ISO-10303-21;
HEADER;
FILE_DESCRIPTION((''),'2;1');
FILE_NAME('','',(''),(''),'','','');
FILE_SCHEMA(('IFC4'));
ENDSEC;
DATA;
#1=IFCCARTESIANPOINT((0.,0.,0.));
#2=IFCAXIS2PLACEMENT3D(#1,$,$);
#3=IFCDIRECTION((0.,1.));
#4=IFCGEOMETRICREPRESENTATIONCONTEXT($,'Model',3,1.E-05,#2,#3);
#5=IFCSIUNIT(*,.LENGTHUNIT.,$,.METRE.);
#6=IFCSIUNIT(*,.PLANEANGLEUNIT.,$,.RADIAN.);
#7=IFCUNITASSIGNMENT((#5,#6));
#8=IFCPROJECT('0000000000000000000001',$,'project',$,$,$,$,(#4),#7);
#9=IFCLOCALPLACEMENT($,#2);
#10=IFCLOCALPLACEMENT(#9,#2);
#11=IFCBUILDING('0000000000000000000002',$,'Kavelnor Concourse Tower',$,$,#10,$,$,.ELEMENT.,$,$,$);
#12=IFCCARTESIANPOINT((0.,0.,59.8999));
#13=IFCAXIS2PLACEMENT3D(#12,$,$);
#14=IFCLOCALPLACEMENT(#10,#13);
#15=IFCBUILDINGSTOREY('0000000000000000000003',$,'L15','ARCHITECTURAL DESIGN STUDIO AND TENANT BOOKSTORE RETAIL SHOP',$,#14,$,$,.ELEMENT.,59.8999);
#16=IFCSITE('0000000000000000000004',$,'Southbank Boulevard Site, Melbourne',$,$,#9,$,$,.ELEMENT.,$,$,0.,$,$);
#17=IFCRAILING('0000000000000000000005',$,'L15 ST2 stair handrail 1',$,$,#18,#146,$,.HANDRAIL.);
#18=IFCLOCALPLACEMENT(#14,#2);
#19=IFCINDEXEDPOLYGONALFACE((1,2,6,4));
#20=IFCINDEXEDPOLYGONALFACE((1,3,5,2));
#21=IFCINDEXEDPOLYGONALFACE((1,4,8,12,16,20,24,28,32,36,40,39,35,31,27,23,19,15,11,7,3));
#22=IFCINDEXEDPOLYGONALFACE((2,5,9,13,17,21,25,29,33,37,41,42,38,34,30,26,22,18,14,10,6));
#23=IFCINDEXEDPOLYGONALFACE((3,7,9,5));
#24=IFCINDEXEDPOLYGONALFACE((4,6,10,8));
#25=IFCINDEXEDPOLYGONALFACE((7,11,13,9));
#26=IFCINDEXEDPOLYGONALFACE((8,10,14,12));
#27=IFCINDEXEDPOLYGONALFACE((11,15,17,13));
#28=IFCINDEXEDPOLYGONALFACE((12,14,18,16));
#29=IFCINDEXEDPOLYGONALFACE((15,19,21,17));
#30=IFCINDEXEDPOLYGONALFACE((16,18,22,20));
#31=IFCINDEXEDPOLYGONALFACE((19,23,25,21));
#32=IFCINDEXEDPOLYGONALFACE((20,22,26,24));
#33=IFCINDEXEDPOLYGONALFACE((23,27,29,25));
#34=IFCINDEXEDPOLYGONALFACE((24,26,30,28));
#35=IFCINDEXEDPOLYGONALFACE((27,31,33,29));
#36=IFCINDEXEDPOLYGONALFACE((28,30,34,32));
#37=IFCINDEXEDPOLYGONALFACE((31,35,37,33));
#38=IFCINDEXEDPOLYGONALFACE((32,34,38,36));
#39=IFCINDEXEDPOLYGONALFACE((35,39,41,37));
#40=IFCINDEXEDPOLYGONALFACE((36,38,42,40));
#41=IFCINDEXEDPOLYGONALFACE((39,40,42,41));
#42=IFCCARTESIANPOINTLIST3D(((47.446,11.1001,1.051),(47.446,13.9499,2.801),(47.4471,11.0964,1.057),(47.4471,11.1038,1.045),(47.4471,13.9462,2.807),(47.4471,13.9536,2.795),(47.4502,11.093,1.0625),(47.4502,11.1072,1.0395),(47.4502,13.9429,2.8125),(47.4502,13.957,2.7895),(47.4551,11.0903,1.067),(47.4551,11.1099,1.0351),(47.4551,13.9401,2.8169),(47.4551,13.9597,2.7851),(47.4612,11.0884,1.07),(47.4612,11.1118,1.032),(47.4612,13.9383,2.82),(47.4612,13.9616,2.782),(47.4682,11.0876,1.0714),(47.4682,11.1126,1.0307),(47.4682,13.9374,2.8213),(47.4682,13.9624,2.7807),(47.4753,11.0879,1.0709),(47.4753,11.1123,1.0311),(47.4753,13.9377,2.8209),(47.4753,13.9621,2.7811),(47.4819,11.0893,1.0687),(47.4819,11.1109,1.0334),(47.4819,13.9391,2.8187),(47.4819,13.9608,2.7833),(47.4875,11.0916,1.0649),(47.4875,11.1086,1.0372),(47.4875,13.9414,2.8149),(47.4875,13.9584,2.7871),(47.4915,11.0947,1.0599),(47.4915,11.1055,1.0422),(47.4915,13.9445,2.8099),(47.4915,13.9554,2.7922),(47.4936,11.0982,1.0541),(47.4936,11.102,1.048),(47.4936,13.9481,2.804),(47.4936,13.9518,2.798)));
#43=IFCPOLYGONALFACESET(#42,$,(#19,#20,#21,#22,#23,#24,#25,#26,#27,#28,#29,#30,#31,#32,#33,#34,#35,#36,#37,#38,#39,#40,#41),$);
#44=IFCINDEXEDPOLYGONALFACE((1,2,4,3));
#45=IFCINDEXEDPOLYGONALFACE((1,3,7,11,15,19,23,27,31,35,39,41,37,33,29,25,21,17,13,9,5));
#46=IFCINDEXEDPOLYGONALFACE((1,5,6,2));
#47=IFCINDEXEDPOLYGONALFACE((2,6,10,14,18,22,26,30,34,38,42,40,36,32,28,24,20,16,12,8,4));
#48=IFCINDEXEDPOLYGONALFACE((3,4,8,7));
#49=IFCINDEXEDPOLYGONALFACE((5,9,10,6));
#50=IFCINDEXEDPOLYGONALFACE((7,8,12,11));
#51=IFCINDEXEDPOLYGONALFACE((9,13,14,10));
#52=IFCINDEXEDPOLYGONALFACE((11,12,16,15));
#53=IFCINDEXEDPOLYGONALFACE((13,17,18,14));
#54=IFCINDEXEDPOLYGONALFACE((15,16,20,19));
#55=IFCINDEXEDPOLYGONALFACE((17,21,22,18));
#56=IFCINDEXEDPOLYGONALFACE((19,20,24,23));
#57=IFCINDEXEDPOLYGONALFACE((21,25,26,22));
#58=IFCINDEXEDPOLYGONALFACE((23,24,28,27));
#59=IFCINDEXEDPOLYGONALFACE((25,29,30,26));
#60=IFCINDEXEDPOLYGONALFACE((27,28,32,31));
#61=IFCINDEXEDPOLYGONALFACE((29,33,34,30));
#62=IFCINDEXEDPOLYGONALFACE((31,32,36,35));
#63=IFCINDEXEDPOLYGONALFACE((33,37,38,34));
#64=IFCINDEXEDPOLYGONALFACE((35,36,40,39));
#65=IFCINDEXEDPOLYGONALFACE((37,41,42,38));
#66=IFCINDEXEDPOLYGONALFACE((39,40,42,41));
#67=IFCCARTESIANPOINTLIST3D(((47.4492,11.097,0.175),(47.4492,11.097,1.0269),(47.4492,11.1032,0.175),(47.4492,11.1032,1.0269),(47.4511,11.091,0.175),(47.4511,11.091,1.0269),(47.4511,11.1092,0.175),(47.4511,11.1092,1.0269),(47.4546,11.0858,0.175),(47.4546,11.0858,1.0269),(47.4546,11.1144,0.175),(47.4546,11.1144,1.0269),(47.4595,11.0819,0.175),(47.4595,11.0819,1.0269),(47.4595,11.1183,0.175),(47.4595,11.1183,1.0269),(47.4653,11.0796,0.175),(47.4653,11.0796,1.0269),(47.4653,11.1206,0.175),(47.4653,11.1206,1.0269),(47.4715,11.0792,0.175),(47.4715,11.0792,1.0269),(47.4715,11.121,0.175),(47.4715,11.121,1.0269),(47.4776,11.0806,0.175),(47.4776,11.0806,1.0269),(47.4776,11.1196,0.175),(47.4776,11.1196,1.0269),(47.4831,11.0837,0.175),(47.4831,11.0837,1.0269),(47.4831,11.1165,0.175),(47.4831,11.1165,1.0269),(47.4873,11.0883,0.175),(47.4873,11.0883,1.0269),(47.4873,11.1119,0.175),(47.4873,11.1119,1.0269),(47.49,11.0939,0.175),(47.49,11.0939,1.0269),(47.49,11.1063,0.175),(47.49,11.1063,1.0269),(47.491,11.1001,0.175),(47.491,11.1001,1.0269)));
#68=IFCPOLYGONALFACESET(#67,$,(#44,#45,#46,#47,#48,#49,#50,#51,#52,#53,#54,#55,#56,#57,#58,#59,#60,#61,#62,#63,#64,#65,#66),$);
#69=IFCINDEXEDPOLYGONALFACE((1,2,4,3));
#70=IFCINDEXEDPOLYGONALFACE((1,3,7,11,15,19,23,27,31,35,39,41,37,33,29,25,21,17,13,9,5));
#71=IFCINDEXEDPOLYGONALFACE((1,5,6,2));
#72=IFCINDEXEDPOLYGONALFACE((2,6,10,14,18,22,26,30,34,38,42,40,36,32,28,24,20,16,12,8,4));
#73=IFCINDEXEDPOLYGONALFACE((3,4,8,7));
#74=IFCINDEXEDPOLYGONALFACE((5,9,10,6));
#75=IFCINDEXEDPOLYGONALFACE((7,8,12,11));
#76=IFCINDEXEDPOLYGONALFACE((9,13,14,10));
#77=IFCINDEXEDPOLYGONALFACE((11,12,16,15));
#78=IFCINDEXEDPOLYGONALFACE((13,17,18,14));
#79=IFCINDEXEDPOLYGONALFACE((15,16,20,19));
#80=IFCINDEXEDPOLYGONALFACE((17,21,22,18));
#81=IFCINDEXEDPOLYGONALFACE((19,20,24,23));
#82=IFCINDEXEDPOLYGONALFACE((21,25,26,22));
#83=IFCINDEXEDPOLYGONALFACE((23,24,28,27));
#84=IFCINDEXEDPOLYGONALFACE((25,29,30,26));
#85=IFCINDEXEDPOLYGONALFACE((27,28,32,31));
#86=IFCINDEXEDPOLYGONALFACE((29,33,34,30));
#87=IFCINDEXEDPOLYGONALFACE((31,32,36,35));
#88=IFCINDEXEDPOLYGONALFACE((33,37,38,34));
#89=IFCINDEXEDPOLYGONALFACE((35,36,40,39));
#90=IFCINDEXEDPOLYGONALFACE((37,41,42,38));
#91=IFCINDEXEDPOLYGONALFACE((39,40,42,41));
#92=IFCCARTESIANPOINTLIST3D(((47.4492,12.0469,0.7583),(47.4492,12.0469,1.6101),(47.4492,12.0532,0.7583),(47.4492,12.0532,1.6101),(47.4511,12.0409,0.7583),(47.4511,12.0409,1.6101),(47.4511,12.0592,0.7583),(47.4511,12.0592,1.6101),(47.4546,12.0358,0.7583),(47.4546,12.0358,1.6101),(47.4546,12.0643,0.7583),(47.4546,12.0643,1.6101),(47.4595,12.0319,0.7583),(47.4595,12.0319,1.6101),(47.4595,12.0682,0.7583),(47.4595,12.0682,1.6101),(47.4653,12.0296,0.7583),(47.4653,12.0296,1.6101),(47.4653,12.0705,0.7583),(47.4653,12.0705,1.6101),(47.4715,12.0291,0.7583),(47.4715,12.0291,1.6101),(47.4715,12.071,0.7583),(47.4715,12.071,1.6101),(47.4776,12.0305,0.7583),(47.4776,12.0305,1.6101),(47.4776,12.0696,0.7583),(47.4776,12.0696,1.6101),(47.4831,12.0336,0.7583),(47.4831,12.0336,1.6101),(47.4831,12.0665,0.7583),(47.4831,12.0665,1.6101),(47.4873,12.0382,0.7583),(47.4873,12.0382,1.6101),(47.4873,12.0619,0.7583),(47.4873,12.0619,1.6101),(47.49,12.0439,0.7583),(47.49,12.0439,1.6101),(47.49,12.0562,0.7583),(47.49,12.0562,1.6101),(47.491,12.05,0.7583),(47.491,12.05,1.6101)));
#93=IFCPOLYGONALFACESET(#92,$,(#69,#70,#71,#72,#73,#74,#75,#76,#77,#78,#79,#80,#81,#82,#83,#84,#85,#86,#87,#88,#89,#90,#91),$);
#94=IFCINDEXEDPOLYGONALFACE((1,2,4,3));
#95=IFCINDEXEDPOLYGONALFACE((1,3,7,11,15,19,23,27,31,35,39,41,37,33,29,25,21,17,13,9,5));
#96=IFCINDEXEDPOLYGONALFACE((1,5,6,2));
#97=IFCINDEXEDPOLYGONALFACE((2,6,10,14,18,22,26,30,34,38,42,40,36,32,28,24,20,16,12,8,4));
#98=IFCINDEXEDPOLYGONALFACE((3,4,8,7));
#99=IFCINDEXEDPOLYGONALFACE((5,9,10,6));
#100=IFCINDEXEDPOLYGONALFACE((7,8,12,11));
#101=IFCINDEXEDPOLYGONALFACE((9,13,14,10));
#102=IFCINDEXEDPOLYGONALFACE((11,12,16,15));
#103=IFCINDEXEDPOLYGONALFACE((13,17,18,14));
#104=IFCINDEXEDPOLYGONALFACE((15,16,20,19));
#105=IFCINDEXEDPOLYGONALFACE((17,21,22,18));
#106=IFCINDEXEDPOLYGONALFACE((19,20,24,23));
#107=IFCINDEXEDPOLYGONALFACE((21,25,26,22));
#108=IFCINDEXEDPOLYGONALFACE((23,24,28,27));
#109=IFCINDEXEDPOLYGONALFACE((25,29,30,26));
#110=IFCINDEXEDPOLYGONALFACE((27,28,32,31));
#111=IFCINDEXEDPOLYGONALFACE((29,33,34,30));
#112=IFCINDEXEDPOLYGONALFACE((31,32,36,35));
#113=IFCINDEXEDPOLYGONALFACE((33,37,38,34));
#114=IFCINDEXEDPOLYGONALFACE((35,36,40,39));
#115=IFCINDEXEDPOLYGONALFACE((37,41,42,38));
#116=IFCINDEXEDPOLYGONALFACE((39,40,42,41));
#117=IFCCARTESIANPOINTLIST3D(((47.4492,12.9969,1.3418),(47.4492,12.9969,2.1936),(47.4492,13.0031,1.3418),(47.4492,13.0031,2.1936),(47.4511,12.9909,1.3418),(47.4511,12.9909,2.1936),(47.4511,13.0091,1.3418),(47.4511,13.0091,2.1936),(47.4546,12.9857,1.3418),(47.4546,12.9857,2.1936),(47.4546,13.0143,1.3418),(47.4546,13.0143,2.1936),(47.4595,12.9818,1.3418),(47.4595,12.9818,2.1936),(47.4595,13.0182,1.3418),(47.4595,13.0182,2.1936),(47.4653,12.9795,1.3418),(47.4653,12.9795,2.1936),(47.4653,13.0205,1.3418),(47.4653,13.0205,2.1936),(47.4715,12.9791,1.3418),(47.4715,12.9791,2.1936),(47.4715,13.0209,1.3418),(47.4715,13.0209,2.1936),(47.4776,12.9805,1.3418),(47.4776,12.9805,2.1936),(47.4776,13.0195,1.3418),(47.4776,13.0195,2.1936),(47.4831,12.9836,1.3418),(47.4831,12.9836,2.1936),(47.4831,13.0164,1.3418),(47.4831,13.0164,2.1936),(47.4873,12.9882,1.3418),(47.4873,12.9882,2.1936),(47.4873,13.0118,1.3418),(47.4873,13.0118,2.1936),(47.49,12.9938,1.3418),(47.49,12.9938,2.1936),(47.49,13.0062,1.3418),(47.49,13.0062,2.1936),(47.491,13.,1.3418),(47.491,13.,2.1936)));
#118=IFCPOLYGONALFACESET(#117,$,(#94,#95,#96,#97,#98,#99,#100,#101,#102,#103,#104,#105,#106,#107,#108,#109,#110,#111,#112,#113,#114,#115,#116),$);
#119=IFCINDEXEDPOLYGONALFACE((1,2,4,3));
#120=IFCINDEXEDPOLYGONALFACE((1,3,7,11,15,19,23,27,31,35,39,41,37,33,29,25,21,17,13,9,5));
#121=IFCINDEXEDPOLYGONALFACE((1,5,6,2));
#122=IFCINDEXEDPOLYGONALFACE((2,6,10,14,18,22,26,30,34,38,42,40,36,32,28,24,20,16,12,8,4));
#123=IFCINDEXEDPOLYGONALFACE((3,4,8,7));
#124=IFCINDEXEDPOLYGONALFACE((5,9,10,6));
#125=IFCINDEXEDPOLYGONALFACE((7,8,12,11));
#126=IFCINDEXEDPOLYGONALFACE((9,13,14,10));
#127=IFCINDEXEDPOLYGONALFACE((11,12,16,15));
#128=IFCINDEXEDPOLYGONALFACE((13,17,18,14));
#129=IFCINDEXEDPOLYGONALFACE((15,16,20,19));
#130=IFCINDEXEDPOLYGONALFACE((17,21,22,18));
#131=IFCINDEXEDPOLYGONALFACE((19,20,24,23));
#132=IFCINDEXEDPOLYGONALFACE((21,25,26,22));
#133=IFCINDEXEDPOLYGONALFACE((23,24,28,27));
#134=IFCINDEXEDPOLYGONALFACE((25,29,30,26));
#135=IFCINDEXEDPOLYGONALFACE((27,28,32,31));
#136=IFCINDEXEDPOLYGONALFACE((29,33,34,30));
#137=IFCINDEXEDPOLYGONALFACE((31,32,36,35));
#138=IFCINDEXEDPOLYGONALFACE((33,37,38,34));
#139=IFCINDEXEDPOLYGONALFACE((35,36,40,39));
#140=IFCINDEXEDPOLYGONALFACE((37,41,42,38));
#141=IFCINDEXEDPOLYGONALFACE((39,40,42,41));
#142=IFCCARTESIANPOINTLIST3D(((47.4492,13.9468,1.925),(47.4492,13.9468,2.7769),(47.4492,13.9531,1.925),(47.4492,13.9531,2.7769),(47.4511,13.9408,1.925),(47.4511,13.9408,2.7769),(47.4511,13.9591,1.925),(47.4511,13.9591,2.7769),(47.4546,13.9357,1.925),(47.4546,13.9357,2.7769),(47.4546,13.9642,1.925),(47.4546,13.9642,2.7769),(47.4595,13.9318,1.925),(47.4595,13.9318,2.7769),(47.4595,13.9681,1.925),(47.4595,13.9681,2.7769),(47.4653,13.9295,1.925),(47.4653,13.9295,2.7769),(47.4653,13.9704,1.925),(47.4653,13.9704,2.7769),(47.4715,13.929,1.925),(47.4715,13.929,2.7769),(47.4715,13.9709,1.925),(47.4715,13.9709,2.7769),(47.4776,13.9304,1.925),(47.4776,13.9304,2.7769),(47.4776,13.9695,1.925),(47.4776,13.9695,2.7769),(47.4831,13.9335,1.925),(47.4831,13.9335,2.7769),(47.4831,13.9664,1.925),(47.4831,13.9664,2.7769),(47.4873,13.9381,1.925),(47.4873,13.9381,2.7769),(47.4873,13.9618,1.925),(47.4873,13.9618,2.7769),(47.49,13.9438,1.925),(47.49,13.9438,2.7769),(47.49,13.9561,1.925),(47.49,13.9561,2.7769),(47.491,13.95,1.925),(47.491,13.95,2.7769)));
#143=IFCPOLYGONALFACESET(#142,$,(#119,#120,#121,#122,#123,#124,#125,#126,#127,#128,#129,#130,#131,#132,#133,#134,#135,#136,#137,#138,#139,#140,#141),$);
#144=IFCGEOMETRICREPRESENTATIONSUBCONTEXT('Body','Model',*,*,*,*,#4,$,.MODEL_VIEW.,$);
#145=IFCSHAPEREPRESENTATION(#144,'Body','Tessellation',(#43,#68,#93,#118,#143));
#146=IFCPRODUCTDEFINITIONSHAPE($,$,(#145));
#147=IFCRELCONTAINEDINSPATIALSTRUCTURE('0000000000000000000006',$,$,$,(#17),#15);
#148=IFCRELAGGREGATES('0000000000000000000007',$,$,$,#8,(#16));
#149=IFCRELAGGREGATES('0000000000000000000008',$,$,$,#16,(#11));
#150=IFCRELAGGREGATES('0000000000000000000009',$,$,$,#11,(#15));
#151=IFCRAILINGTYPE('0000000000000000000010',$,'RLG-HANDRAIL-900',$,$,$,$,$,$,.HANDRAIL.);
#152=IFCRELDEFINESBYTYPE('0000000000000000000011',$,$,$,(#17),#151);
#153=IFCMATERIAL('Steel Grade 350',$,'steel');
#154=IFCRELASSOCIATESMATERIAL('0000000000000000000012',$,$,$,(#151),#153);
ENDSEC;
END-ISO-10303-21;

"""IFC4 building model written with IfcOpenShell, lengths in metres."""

from ifc_helpers import new_model, si_unit, direction, frame, origin, origin_2d, place, context, subcontext, project, spatial, circle, extrude, material, type_object, element, save


model = new_model("IFC4")

# Units and contexts
model_context = context("Model", 3, precision=1e-05, world=origin(), true_north=direction((0.0, 1.0)))
body_context = subcontext(model_context, "Body", "Model", "MODEL_VIEW")
ifc_project = project(units=[si_unit("LENGTHUNIT", "METRE"), si_unit("PLANEANGLEUNIT", "RADIAN")], contexts=[model_context])

# Site, building, storey
site_placement = place(None, origin())
site = spatial("IfcSite", under=ifc_project, at=site_placement, Name="Southbank Boulevard Site, Melbourne", CompositionType="ELEMENT", RefElevation=0.0)
building_placement = place(site_placement, origin())
building = spatial("IfcBuilding", under=site, at=building_placement, Name="Kavelnor Concourse Tower", CompositionType="ELEMENT")
storey_placement = place(building_placement, frame((0.0, 0.0, 59.8999)))
storey = spatial("IfcBuildingStorey", under=building, at=storey_placement, Name="L15", Description="ARCHITECTURAL DESIGN STUDIO AND TENANT BOOKSTORE RETAIL SHOP", CompositionType="ELEMENT", Elevation=59.8999)

# Shared definitions
ifc_material_1 = material(Name="Steel Grade 350", Category="steel")

# Railing
railing_type_1 = type_object("IfcRailingType", Name="RLG-HANDRAIL-900", PredefinedType="HANDRAIL", material=ifc_material_1)
railing_1_placement = place(storey_placement, frame((47.47, 11.1001, 0.175)))
element("IfcRailing", 1, at=railing_1_placement, inside=storey, type_object=railing_type_1, Name="L15 ST2 stair handrail 1", PredefinedType="HANDRAIL", context=body_context, shape_type="SweptSolid", body=[
    extrude(circle(Radius=0.0239, at=origin_2d()), frame((0.0, 0.0, 0.876), z_axis=(0.0, 0.852159, 0.523283), x_axis=(-1.0, 0.0, 0.0)), (0.0, 0.0, 1.0), 3.3442),
    extrude(circle(Radius=0.021, at=origin_2d()), origin(), (0.0, 0.0, 1.0), 0.8518),
    extrude(circle(Radius=0.021, at=origin_2d()), frame((0.0, 0.95, 0.5833)), (0.0, 0.0, 1.0), 0.8518),
    extrude(circle(Radius=0.021, at=origin_2d()), frame((0.0, 1.8999, 1.1667)), (0.0, 0.0, 1.0), 0.8518),
    extrude(circle(Radius=0.021, at=origin_2d()), frame((0.0, 2.8499, 1.75)), (0.0, 0.0, 1.0), 0.8518),
])

save(model, "model.ifc")
